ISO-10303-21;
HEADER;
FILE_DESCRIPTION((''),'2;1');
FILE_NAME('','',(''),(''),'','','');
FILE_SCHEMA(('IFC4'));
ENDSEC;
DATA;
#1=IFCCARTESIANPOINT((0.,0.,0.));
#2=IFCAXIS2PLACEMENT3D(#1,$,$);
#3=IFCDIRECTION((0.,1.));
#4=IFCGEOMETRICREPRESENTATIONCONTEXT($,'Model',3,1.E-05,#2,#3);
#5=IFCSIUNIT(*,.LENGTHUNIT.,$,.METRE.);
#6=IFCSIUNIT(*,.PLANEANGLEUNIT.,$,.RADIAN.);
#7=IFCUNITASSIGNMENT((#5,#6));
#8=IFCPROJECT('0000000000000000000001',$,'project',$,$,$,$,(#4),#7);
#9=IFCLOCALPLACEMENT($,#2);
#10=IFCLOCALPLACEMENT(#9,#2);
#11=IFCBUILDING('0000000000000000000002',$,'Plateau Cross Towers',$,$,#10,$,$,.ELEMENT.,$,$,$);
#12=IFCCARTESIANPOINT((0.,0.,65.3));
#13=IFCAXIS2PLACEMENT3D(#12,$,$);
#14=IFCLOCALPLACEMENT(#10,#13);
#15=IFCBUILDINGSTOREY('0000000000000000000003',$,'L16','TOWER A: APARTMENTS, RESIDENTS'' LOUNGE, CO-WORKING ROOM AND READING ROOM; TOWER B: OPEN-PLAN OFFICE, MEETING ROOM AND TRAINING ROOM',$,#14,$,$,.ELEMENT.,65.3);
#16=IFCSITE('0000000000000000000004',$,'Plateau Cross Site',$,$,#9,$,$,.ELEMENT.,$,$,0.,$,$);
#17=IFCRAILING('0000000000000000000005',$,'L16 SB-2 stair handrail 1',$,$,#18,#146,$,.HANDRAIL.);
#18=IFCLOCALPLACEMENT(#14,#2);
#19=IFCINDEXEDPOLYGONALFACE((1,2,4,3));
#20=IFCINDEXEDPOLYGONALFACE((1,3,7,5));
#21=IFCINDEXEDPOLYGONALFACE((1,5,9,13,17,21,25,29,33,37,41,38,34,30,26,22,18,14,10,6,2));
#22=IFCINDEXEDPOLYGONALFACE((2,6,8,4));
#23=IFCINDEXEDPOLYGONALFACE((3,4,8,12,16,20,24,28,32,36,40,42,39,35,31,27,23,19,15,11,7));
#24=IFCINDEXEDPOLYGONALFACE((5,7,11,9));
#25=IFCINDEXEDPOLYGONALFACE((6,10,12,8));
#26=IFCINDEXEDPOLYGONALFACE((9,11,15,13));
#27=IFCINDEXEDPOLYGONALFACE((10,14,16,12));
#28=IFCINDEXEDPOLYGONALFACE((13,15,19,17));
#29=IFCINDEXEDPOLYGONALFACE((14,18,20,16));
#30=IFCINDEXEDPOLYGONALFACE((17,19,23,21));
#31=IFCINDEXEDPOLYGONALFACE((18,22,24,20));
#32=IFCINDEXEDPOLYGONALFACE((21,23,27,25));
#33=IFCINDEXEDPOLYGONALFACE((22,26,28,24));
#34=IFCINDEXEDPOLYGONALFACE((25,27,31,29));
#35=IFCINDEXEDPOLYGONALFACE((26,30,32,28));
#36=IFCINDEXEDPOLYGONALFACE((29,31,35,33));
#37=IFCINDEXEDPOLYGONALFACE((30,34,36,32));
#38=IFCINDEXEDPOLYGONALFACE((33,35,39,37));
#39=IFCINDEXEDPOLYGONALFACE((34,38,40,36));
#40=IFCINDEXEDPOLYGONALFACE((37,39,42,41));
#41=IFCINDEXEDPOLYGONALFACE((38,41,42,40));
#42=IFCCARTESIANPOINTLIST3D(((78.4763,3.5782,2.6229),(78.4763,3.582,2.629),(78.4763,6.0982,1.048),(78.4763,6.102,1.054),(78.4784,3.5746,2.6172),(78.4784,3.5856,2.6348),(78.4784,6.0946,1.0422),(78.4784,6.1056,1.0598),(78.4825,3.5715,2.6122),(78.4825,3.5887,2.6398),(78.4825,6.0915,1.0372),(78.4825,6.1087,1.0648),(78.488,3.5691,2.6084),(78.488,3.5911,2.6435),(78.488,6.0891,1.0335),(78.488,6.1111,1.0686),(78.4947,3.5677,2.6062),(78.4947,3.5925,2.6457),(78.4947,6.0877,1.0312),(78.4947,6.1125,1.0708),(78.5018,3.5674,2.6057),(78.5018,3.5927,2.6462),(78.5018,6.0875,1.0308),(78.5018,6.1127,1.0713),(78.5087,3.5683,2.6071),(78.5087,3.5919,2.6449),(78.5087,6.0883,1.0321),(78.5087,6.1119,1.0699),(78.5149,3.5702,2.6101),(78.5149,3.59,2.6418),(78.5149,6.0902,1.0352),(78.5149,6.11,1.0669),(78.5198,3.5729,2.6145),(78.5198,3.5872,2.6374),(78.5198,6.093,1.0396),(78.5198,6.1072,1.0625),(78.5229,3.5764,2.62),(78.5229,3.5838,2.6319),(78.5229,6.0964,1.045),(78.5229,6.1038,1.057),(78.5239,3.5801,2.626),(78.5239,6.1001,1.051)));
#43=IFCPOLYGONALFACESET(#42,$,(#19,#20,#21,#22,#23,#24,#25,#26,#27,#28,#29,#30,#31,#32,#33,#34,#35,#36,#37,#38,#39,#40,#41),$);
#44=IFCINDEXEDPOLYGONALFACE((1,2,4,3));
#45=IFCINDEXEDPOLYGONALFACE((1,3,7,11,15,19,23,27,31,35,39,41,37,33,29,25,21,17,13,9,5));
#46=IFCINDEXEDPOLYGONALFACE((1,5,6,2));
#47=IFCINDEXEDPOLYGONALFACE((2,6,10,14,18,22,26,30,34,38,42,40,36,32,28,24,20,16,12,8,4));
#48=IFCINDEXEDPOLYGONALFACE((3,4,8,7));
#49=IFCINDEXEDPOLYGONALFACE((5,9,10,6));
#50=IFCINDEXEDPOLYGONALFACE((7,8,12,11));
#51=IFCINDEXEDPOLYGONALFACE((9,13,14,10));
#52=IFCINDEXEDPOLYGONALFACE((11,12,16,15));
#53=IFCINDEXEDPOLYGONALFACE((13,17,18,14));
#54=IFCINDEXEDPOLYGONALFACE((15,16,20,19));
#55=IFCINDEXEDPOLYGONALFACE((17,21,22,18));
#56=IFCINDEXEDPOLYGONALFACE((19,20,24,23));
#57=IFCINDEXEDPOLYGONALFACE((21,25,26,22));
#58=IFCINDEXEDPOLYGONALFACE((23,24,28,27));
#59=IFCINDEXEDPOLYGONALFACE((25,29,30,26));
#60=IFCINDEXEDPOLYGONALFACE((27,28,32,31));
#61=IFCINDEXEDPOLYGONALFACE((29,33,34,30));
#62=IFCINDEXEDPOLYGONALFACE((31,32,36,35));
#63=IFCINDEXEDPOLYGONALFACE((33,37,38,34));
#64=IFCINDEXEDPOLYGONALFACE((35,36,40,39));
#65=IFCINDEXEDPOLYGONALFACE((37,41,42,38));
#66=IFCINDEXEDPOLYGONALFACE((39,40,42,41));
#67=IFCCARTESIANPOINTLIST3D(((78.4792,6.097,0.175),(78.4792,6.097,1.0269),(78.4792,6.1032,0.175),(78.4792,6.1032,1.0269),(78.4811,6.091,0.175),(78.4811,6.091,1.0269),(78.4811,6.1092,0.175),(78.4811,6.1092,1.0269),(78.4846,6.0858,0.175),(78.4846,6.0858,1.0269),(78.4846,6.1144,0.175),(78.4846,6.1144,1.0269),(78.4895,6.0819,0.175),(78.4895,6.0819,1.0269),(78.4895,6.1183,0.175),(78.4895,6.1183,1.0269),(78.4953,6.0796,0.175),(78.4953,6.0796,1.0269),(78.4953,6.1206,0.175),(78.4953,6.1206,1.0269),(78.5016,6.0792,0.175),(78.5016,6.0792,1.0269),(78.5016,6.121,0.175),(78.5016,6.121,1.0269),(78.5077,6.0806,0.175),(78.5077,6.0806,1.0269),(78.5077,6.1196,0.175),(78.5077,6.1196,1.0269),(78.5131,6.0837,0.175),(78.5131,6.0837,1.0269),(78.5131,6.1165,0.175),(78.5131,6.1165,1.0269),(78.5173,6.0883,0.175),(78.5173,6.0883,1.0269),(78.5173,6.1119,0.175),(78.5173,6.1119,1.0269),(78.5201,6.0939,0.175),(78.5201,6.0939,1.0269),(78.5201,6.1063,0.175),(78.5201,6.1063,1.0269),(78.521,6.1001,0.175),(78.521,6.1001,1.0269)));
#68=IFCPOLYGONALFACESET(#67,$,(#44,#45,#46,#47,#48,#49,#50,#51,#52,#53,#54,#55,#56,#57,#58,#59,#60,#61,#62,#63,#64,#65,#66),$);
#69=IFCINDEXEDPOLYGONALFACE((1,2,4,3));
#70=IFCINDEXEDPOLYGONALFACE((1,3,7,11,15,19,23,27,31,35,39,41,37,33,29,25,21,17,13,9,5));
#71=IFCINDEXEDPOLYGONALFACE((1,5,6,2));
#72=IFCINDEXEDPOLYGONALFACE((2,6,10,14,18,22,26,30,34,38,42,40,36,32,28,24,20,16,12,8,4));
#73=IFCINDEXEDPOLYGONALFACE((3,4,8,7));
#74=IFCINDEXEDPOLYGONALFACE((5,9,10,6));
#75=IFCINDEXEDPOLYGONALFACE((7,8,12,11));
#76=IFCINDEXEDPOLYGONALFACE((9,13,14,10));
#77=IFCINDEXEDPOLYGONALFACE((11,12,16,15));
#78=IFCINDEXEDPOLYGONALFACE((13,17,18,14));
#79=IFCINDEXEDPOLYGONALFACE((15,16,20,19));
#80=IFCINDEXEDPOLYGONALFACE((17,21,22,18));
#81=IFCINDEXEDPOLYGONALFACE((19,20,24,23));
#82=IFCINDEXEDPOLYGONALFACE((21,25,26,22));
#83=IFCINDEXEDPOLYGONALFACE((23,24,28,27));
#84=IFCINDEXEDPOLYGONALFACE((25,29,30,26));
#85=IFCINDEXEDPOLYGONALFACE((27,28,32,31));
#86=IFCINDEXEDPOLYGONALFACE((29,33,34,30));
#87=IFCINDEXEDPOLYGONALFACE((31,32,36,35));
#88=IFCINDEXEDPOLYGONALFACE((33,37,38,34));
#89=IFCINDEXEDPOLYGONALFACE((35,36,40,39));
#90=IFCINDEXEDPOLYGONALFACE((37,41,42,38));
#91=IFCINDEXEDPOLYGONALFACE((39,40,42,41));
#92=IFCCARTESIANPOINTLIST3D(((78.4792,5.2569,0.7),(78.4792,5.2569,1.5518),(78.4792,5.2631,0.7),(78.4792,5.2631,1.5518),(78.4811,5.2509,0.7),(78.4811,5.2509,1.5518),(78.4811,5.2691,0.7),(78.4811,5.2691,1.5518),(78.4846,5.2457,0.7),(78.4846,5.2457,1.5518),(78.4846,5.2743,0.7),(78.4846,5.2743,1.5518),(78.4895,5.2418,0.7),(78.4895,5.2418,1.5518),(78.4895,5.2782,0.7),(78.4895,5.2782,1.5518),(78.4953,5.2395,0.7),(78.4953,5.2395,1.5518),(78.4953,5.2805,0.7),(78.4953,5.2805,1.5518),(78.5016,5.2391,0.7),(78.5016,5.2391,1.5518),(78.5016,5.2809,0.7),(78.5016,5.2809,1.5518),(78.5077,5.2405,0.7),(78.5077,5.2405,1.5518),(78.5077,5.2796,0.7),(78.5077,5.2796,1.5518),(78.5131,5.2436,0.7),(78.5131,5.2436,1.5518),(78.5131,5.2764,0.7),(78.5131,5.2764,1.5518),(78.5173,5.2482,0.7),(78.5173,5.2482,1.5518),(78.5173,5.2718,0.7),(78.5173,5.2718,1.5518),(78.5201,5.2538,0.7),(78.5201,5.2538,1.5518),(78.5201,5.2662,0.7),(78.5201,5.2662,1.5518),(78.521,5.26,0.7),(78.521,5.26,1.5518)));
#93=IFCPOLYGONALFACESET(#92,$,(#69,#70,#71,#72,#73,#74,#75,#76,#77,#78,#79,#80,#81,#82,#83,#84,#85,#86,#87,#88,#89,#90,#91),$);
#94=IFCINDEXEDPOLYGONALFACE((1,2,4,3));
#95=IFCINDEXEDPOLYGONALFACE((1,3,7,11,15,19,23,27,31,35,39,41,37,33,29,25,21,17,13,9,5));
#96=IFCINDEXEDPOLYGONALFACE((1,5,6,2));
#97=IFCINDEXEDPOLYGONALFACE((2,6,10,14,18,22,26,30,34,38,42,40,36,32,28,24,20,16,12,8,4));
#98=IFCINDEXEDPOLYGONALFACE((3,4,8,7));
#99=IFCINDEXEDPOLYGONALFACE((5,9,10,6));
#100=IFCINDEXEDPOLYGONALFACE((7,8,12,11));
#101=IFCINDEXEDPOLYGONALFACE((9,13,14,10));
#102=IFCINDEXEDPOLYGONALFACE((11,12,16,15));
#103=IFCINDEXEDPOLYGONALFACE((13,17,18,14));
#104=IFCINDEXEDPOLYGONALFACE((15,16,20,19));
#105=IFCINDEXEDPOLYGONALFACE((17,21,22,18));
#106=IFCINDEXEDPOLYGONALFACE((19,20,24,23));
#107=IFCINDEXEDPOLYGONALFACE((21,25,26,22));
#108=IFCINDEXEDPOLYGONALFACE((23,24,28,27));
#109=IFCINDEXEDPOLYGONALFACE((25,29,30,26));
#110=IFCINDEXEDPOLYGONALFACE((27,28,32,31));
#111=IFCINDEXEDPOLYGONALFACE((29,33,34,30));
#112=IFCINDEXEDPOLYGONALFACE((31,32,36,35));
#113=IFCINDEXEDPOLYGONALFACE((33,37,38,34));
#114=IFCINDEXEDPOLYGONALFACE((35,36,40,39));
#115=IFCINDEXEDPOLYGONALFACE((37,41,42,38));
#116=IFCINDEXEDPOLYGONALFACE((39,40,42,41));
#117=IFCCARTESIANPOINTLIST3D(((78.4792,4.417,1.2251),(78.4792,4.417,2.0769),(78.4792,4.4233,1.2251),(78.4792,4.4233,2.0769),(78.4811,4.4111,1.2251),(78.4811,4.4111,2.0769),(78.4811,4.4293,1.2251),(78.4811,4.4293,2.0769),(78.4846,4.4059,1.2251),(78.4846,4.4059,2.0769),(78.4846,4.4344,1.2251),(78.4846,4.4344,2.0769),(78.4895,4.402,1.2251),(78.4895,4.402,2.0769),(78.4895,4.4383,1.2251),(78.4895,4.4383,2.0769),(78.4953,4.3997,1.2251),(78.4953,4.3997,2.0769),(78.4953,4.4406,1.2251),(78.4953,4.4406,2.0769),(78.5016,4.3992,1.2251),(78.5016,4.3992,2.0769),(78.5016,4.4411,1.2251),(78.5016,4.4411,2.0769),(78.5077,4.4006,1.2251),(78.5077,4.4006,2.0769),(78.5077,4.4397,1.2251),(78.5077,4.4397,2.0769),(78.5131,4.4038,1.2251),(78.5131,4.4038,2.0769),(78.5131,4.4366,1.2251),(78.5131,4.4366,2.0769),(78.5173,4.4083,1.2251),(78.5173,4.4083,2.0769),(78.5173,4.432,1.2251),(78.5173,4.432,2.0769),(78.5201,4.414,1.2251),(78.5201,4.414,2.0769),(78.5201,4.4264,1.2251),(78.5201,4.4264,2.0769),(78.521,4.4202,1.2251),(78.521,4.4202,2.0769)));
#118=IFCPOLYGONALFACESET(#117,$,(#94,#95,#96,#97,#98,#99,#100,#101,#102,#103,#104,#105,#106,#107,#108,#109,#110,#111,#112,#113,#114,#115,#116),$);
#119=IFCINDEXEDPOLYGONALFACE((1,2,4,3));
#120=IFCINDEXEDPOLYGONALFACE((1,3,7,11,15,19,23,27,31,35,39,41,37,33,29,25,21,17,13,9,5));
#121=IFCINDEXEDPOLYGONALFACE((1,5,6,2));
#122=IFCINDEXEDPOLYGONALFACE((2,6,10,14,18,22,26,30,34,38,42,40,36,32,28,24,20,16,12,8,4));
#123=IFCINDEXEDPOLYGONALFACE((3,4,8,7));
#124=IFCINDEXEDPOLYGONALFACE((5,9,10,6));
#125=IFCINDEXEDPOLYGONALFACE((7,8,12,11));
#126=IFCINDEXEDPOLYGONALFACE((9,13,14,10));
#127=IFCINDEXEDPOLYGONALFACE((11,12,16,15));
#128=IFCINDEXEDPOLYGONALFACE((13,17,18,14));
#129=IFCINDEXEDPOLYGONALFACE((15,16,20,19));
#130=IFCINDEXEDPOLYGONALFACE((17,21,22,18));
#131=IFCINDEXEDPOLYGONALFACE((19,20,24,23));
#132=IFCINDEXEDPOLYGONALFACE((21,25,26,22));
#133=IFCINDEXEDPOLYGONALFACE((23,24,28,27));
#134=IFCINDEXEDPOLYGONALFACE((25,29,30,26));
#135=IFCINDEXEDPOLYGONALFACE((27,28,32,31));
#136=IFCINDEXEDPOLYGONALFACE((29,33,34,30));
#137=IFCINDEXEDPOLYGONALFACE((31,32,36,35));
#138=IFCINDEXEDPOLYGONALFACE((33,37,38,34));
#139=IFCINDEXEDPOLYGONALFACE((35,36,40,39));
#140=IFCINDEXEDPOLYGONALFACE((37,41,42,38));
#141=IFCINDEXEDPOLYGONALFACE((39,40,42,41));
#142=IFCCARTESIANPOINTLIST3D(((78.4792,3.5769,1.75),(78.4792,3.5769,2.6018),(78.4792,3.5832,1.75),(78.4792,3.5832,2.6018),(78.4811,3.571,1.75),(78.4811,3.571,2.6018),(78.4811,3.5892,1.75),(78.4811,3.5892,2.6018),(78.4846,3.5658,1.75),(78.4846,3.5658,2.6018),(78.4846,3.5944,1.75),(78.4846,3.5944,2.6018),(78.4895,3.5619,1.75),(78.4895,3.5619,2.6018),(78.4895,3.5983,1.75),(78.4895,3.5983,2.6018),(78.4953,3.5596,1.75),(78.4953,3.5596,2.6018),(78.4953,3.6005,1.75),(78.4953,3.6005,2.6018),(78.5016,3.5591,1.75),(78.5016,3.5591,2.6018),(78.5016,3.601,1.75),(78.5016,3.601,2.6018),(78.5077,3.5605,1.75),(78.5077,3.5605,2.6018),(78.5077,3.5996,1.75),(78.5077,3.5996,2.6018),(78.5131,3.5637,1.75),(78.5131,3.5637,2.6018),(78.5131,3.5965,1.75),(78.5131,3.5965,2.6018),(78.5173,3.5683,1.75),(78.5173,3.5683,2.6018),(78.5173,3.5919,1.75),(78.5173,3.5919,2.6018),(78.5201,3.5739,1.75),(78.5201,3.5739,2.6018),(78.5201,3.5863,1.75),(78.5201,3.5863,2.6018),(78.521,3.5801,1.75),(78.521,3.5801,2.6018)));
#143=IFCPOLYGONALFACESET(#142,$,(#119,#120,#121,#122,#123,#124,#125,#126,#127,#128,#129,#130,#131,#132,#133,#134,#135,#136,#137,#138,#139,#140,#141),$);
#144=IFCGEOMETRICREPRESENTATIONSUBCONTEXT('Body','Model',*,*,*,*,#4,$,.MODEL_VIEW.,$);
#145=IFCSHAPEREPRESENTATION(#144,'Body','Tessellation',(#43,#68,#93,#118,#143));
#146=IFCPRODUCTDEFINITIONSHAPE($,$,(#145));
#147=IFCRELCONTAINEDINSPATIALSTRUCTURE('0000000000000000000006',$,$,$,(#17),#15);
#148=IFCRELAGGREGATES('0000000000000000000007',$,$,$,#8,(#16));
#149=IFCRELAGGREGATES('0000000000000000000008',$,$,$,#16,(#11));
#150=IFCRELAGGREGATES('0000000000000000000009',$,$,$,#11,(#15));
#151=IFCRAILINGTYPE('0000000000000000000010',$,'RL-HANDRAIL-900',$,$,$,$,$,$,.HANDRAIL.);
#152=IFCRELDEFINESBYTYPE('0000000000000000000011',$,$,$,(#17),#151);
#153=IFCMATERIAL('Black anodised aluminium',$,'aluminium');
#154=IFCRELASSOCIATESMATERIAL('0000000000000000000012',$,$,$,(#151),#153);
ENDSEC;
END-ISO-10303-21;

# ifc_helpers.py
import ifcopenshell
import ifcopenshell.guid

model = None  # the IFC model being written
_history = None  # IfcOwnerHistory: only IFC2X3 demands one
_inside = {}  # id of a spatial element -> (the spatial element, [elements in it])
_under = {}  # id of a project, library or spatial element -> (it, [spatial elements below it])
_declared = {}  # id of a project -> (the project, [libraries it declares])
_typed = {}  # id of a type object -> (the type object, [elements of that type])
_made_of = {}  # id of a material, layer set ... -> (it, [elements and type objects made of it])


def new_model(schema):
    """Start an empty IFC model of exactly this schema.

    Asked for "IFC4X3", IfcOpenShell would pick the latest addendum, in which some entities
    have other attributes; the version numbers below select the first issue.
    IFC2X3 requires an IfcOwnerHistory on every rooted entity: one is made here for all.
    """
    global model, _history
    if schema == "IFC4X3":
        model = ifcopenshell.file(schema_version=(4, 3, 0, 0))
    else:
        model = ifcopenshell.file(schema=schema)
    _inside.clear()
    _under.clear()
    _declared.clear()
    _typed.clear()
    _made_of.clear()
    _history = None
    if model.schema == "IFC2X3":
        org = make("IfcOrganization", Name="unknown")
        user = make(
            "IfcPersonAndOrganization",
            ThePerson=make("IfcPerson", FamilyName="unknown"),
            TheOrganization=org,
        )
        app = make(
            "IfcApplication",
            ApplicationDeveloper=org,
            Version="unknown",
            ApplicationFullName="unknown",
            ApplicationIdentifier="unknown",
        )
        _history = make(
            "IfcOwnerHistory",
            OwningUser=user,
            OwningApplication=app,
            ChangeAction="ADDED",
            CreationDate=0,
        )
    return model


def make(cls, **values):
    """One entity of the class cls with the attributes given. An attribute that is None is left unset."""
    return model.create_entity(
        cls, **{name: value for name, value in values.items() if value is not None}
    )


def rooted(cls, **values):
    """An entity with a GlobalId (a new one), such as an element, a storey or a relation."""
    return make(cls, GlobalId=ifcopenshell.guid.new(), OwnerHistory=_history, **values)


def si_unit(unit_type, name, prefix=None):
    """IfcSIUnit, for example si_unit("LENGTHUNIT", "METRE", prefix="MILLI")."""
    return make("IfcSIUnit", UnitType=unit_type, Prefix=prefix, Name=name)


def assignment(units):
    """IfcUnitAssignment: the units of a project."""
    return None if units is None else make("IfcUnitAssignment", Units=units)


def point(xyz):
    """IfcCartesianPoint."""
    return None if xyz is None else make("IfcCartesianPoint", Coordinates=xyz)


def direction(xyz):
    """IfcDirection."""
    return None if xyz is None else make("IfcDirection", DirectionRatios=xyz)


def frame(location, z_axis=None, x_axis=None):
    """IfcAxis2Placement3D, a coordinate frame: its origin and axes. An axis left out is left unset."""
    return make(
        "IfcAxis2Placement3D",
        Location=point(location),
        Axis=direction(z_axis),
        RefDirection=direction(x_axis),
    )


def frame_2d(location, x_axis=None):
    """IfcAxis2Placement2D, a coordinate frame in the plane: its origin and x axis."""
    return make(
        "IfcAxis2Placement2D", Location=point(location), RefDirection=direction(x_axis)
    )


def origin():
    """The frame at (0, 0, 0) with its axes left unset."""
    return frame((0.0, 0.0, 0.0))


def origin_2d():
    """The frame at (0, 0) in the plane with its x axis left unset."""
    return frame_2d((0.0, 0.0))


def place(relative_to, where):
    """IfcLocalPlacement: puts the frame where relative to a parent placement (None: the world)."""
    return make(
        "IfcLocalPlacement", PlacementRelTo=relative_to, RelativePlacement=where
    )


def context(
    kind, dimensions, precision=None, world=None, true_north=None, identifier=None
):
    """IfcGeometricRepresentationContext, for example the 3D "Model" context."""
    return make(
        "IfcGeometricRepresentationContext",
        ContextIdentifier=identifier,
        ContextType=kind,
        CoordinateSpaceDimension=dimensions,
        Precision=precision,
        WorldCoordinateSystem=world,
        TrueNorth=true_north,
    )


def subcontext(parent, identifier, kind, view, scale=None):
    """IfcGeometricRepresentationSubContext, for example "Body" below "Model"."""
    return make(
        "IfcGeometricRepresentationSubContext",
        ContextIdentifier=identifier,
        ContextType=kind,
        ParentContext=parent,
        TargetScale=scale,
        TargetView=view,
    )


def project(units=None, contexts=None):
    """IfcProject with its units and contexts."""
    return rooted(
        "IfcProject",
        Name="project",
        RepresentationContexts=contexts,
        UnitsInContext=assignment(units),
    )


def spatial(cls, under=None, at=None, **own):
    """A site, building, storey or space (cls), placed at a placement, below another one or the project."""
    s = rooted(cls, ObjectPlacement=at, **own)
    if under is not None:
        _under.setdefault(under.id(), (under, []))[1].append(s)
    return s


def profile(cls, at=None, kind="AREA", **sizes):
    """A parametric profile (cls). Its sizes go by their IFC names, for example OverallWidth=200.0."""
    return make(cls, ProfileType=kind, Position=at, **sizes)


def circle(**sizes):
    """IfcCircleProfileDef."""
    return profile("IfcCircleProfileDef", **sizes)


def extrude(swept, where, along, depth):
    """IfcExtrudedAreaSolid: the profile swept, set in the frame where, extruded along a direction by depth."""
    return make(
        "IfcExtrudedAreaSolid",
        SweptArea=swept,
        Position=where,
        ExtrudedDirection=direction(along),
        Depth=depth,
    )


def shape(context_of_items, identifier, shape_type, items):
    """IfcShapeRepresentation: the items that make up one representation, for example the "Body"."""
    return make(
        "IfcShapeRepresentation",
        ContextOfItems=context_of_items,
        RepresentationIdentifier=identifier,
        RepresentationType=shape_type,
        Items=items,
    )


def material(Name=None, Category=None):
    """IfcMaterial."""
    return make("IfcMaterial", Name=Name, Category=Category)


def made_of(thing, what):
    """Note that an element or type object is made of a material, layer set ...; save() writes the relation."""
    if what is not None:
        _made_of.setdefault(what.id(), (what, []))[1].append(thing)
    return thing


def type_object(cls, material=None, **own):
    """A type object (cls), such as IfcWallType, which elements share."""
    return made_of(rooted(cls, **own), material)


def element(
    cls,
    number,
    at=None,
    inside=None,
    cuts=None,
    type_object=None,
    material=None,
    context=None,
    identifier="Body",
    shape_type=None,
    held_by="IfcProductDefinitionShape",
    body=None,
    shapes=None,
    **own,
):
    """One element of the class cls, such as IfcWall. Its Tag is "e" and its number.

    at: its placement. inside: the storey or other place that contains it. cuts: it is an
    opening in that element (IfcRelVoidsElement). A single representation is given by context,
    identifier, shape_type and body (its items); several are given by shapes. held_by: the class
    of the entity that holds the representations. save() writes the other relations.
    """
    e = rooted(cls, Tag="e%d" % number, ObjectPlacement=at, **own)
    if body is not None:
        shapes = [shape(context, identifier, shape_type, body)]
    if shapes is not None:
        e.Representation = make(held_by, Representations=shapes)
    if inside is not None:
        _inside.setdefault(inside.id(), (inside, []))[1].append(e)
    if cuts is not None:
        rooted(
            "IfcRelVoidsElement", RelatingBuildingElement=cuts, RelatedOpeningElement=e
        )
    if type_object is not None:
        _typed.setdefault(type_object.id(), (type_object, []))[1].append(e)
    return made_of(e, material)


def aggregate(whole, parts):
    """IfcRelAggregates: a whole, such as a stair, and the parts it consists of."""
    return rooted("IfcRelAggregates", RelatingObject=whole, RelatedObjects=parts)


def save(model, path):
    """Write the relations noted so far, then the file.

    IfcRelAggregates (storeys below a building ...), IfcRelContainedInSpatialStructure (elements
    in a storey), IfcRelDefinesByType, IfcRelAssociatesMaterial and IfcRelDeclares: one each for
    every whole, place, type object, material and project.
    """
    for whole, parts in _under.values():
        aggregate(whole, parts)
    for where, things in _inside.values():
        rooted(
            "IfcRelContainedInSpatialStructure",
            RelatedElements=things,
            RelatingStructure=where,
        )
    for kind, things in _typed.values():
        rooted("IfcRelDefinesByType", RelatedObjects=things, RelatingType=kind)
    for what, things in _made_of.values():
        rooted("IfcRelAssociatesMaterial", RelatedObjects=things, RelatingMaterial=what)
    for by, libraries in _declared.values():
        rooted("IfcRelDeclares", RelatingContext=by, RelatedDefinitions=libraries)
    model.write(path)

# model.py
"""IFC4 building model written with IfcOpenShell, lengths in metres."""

from ifc_helpers import new_model, si_unit, direction, frame, origin, origin_2d, place, context, subcontext, project, spatial, circle, extrude, material, type_object, element, save


model = new_model("IFC4")

# Units and contexts
model_context = context("Model", 3, precision=1e-05, world=origin(), true_north=direction((0.0, 1.0)))
body_context = subcontext(model_context, "Body", "Model", "MODEL_VIEW")
ifc_project = project(units=[si_unit("LENGTHUNIT", "METRE"), si_unit("PLANEANGLEUNIT", "RADIAN")], contexts=[model_context])

# Site, building, storey
site_placement = place(None, origin())
site = spatial("IfcSite", under=ifc_project, at=site_placement, Name="Plateau Cross Site", CompositionType="ELEMENT", RefElevation=0.0)
building_placement = place(site_placement, origin())
building = spatial("IfcBuilding", under=site, at=building_placement, Name="Plateau Cross Towers", CompositionType="ELEMENT")
storey_placement = place(building_placement, frame((0.0, 0.0, 65.3)))
storey = spatial("IfcBuildingStorey", under=building, at=storey_placement, Name="L16", Description="TOWER A: APARTMENTS, RESIDENTS' LOUNGE, CO-WORKING ROOM AND READING ROOM; TOWER B: OPEN-PLAN OFFICE, MEETING ROOM AND TRAINING ROOM", CompositionType="ELEMENT", Elevation=65.3)

# Shared definitions
ifc_material_1 = material(Name="Black anodised aluminium", Category="aluminium")

# Railing
railing_type_1 = type_object("IfcRailingType", Name="RL-HANDRAIL-900", PredefinedType="HANDRAIL", material=ifc_material_1)
railing_1_placement = place(storey_placement, frame((78.5, 6.1001, 0.175)))
element("IfcRailing", 1, at=railing_1_placement, inside=storey, type_object=railing_type_1, Name="L16 SB-2 stair handrail 1", PredefinedType="HANDRAIL", context=body_context, shape_type="SweptSolid", body=[
    extrude(circle(Radius=0.0239, at=origin_2d()), frame((0.0, 0.0, 0.876), z_axis=(0.0, -0.848008, 0.529984), x_axis=(1.0, 0.0, 0.0)), (0.0, 0.0, 1.0), 2.9717),
    extrude(circle(Radius=0.021, at=origin_2d()), origin(), (0.0, 0.0, 1.0), 0.8518),
    extrude(circle(Radius=0.021, at=origin_2d()), frame((0.0, -0.8401, 0.5249)), (0.0, 0.0, 1.0), 0.8518),
    extrude(circle(Radius=0.021, at=origin_2d()), frame((0.0, -1.6799, 1.05)), (0.0, 0.0, 1.0), 0.8518),
    extrude(circle(Radius=0.021, at=origin_2d()), frame((0.0, -2.52, 1.575)), (0.0, 0.0, 1.0), 0.8518),
])

save(model, "model.ifc")
